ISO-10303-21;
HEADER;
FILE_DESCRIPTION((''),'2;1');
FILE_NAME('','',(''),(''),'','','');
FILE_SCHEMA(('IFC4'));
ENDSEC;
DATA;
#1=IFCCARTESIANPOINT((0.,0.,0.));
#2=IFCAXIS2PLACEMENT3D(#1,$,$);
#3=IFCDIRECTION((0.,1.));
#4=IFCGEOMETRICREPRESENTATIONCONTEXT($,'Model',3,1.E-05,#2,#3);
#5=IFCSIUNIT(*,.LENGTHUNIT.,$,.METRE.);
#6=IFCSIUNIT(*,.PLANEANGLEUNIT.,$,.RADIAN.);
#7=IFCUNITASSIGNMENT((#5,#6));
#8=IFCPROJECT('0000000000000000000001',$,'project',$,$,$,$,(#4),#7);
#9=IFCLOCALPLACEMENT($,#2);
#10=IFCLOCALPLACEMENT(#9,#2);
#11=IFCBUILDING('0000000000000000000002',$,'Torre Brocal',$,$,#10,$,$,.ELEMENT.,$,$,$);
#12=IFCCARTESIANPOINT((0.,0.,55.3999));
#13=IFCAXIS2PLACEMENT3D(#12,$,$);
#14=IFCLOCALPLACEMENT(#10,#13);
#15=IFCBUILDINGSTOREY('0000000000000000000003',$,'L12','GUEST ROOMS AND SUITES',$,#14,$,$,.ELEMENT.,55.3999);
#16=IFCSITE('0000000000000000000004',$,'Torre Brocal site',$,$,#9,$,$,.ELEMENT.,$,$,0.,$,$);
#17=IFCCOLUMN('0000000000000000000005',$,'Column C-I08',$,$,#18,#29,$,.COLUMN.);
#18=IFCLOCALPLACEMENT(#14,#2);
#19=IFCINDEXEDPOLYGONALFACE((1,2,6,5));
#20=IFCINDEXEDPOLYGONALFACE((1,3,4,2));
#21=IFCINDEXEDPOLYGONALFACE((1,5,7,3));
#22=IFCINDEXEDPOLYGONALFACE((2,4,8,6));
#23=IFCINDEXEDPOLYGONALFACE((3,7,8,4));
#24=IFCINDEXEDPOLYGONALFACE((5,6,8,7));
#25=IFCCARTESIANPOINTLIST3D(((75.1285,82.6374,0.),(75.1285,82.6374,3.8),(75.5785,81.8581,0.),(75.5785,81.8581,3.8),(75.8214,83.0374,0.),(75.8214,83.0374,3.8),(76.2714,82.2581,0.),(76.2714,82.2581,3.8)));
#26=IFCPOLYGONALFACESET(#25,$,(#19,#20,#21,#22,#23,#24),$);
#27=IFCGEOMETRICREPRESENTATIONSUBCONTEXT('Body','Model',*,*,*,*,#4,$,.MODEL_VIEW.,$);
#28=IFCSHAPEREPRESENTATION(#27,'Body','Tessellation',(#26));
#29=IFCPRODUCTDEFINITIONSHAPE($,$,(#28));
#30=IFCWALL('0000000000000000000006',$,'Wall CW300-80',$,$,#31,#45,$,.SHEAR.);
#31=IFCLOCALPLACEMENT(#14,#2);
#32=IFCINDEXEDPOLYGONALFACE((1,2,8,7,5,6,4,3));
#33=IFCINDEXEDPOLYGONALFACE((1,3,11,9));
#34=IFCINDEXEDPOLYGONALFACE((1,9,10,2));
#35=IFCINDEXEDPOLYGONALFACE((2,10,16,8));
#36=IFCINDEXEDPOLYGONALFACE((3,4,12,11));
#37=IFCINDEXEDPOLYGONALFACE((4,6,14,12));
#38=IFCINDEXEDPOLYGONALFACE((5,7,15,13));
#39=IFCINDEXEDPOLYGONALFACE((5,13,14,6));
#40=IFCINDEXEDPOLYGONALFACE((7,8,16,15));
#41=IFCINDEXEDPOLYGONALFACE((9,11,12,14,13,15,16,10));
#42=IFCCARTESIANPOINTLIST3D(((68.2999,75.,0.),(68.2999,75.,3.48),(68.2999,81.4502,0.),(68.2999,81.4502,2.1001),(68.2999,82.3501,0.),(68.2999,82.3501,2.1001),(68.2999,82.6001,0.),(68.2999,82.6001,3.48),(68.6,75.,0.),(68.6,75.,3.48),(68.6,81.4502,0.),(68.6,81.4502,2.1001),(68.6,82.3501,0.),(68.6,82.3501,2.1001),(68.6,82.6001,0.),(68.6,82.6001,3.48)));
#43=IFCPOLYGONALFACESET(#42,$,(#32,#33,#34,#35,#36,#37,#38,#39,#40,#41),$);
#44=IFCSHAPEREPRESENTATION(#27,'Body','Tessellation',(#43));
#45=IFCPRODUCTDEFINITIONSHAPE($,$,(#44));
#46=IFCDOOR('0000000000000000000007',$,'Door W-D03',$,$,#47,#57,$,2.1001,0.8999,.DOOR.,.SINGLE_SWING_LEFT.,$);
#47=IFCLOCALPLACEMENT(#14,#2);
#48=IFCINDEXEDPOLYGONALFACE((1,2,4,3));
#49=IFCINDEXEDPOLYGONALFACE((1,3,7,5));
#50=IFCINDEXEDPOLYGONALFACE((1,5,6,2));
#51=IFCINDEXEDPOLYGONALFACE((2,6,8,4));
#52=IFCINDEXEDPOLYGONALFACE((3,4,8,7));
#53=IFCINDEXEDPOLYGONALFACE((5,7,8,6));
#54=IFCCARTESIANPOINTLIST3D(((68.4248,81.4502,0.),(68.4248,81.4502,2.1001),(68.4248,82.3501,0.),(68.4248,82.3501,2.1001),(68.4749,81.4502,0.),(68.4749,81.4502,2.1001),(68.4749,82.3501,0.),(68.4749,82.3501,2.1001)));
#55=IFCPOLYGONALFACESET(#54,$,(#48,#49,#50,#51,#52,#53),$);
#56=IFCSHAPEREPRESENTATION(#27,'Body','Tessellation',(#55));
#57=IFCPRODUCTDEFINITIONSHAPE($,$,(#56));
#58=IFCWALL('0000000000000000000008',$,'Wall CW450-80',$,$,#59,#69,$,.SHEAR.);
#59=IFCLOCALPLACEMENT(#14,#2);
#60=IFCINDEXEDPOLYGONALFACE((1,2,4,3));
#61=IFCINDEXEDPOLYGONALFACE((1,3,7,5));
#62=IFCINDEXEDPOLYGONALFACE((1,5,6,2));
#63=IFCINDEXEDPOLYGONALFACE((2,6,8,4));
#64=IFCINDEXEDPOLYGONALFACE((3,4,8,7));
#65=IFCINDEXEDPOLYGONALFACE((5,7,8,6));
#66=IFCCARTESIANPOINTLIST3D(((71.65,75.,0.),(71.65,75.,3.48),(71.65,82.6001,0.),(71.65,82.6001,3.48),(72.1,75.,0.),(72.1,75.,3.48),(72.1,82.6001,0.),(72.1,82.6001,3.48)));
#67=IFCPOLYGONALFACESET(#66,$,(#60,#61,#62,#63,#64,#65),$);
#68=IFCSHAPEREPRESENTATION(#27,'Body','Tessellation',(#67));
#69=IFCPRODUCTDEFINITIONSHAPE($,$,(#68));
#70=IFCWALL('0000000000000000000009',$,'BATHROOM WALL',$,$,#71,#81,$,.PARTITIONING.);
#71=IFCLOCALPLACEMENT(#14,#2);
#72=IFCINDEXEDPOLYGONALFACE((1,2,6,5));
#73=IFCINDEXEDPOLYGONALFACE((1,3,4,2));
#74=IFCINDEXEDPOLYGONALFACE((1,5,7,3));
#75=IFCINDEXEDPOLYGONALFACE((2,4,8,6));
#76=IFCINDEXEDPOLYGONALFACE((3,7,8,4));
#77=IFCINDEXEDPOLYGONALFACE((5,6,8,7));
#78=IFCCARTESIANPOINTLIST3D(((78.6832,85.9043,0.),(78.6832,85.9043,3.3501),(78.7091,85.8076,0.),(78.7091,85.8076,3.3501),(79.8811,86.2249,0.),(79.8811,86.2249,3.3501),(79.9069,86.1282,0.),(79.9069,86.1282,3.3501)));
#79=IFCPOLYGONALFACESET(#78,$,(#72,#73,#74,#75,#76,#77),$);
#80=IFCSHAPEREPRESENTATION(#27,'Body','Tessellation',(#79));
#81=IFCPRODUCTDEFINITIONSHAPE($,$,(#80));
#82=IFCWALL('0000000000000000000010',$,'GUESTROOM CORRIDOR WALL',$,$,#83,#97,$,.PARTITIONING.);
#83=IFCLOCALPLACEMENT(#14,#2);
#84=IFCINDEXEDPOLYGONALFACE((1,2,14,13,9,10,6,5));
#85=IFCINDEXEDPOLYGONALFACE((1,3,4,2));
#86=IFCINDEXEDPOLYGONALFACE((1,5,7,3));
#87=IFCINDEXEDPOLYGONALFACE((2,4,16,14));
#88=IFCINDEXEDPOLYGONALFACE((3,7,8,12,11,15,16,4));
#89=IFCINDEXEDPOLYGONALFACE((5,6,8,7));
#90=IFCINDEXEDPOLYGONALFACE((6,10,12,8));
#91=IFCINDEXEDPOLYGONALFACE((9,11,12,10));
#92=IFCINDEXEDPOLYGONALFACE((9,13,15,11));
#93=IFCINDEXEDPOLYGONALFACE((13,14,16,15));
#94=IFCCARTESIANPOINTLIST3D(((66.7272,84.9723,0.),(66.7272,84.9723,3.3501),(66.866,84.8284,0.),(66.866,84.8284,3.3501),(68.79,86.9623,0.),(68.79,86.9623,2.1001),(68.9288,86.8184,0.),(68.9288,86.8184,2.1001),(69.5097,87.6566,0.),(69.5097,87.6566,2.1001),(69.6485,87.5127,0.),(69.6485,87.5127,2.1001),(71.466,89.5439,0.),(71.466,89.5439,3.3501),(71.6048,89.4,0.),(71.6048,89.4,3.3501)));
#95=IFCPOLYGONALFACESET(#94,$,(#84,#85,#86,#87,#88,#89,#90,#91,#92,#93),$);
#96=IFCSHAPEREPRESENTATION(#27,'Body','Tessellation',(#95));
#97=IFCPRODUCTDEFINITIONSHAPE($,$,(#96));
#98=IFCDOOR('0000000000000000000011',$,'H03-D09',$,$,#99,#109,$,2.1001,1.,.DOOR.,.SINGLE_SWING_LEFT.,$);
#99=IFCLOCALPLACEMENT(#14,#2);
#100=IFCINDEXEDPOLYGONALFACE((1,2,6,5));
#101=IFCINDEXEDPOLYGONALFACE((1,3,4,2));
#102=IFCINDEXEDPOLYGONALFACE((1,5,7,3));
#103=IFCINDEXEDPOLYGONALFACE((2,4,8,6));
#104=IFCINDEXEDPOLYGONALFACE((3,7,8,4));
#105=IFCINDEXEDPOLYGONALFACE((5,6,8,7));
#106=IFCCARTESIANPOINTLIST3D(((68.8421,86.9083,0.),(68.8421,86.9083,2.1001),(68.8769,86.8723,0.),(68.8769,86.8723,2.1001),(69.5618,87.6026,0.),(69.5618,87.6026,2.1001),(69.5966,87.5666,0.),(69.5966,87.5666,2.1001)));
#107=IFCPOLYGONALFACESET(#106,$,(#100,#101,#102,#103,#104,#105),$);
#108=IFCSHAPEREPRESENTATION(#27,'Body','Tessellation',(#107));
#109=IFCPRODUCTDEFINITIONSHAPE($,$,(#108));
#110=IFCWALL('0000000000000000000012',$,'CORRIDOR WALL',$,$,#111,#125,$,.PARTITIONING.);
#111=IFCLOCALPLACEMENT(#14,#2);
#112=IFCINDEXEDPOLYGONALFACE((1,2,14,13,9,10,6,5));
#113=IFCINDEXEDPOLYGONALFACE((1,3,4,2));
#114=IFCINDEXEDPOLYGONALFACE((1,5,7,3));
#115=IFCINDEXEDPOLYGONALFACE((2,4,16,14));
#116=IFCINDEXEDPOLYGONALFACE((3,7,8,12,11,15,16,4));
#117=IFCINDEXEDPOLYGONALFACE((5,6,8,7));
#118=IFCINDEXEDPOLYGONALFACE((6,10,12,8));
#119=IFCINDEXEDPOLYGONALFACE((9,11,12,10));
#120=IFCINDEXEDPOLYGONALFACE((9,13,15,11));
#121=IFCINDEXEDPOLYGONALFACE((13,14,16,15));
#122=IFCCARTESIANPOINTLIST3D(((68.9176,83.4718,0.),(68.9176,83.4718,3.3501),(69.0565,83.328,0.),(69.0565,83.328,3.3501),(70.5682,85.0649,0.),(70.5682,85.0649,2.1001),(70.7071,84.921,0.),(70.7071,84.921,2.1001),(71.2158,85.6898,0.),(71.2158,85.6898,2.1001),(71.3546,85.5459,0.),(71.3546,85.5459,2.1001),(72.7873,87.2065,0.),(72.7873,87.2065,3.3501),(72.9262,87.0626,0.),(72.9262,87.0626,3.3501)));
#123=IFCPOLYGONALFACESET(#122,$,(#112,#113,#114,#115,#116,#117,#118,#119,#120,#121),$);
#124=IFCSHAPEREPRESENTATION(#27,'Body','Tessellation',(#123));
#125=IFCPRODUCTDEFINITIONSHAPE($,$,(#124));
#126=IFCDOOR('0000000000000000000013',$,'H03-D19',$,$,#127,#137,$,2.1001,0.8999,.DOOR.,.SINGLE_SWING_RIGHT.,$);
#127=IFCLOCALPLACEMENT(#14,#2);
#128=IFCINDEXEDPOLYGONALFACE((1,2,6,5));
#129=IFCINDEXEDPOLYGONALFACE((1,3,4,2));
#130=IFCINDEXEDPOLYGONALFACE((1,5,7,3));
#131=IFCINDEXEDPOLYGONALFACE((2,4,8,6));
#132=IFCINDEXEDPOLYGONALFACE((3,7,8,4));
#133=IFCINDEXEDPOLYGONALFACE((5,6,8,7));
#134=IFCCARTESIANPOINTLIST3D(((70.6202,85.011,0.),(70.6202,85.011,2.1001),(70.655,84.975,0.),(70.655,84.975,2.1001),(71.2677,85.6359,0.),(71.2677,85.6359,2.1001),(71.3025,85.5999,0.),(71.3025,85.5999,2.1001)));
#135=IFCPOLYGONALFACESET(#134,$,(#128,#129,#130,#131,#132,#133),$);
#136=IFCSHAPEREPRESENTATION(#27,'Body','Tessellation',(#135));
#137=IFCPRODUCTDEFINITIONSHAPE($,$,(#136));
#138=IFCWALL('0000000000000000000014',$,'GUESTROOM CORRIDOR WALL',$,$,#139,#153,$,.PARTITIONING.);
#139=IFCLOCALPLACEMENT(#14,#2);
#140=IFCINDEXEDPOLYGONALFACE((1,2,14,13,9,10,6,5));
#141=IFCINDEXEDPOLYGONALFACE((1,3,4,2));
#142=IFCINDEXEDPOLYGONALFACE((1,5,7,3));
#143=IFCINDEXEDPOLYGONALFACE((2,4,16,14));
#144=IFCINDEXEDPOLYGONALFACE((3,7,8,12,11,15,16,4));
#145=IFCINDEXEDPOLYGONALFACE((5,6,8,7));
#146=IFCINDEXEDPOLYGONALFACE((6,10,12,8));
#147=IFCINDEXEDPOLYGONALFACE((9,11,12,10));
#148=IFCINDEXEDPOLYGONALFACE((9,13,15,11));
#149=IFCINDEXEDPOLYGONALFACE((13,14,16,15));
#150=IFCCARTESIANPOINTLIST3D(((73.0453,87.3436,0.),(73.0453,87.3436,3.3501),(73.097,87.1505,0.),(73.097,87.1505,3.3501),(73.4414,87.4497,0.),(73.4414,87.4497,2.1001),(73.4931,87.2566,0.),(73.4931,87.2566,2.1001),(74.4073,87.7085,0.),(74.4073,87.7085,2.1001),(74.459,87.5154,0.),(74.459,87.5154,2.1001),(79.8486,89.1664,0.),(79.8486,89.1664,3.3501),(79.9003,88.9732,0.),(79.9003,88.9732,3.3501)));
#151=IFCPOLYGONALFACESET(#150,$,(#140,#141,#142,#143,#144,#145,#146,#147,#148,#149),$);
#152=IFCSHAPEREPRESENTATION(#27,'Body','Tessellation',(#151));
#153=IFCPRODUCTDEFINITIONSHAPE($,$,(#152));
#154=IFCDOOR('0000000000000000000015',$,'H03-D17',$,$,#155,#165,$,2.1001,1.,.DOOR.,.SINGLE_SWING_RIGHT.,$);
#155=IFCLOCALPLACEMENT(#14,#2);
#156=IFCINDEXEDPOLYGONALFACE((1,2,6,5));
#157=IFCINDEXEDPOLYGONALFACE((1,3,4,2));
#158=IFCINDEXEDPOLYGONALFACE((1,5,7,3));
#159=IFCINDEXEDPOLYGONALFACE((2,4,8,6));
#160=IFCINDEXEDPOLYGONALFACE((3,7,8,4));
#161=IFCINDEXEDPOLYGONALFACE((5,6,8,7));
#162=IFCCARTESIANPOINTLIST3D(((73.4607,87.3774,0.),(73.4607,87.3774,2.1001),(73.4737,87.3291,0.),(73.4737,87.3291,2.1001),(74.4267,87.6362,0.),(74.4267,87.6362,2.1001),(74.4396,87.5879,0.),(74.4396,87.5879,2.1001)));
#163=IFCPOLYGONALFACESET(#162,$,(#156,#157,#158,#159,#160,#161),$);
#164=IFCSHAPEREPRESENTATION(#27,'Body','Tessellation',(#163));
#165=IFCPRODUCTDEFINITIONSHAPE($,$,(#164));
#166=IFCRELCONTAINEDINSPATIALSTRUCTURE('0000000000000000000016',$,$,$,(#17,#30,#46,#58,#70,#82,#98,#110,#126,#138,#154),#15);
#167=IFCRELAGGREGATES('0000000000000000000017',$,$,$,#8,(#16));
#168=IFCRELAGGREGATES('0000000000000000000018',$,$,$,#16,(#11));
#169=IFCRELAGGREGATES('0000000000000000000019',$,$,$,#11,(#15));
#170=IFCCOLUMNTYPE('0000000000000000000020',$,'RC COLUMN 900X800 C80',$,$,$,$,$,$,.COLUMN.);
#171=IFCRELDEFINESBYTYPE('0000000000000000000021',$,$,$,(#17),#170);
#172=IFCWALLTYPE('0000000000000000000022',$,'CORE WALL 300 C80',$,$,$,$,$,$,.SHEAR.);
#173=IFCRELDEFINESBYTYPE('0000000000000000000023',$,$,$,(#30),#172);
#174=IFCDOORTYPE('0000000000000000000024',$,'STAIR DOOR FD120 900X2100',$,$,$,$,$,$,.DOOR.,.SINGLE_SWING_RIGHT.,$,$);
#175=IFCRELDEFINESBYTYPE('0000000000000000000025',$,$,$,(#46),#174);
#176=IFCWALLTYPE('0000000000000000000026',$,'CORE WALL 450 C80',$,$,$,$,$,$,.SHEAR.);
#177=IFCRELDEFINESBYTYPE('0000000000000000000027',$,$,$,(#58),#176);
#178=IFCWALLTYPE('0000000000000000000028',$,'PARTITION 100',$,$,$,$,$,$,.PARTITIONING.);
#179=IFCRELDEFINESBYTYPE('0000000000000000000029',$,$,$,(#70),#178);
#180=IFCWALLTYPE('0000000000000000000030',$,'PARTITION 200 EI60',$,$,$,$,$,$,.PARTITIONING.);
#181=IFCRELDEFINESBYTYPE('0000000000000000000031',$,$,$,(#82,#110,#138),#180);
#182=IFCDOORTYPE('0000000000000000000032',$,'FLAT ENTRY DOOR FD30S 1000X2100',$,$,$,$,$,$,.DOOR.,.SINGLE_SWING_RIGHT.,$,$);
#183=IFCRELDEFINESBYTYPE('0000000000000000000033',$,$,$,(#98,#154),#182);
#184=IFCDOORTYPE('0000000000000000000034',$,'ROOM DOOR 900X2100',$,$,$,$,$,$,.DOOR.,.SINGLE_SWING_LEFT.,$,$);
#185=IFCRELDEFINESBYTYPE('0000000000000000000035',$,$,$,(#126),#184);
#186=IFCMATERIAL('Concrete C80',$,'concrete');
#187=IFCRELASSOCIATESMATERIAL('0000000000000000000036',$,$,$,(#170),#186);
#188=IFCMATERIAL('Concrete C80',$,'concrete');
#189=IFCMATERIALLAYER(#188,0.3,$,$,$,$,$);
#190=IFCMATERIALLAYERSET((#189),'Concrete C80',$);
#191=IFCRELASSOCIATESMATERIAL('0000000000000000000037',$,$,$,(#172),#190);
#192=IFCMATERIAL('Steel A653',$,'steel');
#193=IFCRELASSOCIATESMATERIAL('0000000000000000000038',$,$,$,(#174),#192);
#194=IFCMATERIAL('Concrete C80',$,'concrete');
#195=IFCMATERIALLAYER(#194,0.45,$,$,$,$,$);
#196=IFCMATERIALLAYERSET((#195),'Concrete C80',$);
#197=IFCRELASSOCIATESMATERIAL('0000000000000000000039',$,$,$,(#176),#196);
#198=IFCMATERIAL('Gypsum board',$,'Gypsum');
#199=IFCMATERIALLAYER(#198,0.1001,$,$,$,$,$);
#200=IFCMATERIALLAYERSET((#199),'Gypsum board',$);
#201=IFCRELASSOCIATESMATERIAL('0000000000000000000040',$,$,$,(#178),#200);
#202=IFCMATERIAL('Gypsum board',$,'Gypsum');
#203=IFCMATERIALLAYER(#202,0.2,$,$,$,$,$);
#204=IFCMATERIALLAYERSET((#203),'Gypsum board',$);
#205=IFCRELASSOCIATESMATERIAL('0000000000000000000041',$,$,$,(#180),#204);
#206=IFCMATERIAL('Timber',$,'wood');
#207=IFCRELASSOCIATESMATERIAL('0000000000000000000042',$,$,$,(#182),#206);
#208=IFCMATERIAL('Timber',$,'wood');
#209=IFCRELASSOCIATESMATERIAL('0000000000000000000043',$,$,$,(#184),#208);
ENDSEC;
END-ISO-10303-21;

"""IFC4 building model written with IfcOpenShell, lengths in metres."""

from ifc_helpers import new_model, si_unit, direction, frame, frame_2d, origin, origin_2d, place, context, subcontext, project, spatial, rectangle, extrude, material, layer, layer_set, material_profile, profile_set, type_object, element, fill, save


model = new_model("IFC4")

# Units and contexts
model_context = context("Model", 3, precision=1e-05, world=origin(), true_north=direction((0.0, 1.0)))
body_context = subcontext(model_context, "Body", "Model", "MODEL_VIEW")
ifc_project = project(units=[si_unit("LENGTHUNIT", "METRE"), si_unit("PLANEANGLEUNIT", "RADIAN")], contexts=[model_context])

# Site, building, storey
site_placement = place(None, origin())
site = spatial("IfcSite", under=ifc_project, at=site_placement, Name="Torre Brocal site", CompositionType="ELEMENT", RefElevation=0.0)
building_placement = place(site_placement, origin())
building = spatial("IfcBuilding", under=site, at=building_placement, Name="Torre Brocal", CompositionType="ELEMENT")
storey_placement = place(building_placement, frame((0.0, 0.0, 55.3999)))
storey = spatial("IfcBuildingStorey", under=building, at=storey_placement, Name="L12", Description="GUEST ROOMS AND SUITES", CompositionType="ELEMENT", Elevation=55.3999)

# Column
ifc_material_1 = material(Name="Concrete C80", Category="concrete")
ifc_material_profile = material_profile(ifc_material_1, rectangle(XDim=0.8999, YDim=0.8, at=origin_2d()), Name="RC 900X800")
ifc_profile_set = profile_set([ifc_material_profile], Name="Concrete C80")
column_type = type_object("IfcColumnType", Name="RC COLUMN 900X800 C80", PredefinedType="COLUMN", material=ifc_profile_set)
column_placement = place(storey_placement, frame((75.7, 82.4478, 0.0), z_axis=(0.0, 0.0, 1.0), x_axis=(-0.5, 0.866025, 0.0)))
element("IfcColumn", 1, at=column_placement, inside=storey, type_object=column_type, Name="Column C-I08", PredefinedType="COLUMN", context=body_context, shape_type="SweptSolid", body=[
    extrude(rectangle(XDim=0.8999, YDim=0.8, at=origin_2d()), origin(), (0.0, 0.0, 1.0), 3.8),
])

# Wall, opening, door
ifc_material_2 = material(Name="Concrete C80", Category="concrete")
ifc_layer_1 = layer(ifc_material_2, 0.3)
ifc_layer_set_1 = layer_set([ifc_layer_1], Name="Concrete C80")
wall_type_1 = type_object("IfcWallType", Name="CORE WALL 300 C80", PredefinedType="SHEAR", material=ifc_layer_set_1)
wall_1_placement = place(storey_placement, frame((68.45, 82.6001, 0.0), z_axis=(0.0, 0.0, 1.0), x_axis=(0.0, -1.0, 0.0)))
wall_1 = element("IfcWall", 2, at=wall_1_placement, inside=storey, type_object=wall_type_1, Name="Wall CW300-80", PredefinedType="SHEAR", context=body_context, shape_type="SweptSolid", body=[
    extrude(rectangle(XDim=7.6001, YDim=0.3, at=frame_2d((3.8, 0.0))), origin(), (0.0, 0.0, 1.0), 3.48),
])
opening_1_placement = place(wall_1_placement, frame((0.25, 0.0, 0.0)))
opening_1 = element("IfcOpeningElement", 3, at=opening_1_placement, cuts=wall_1, PredefinedType="OPENING", context=body_context, shape_type="SweptSolid", body=[
    extrude(rectangle(XDim=0.8999, YDim=2.1001, at=frame_2d((0.45, 1.05))), frame((0.0, 0.1599, 0.0), z_axis=(0.0, -1.0, 0.0), x_axis=(1.0, 0.0, 0.0)), (0.0, 0.0, 1.0), 0.3201),
])
ifc_material_3 = material(Name="Steel A653", Category="steel")
door_type_1 = type_object("IfcDoorType", Name="STAIR DOOR FD120 900X2100", OperationType="SINGLE_SWING_RIGHT", PredefinedType="DOOR", material=ifc_material_3)
door_1_placement = place(opening_1_placement, origin())
door_1 = element("IfcDoor", 4, at=door_1_placement, inside=storey, type_object=door_type_1, Name="Door W-D03", OperationType="SINGLE_SWING_LEFT", OverallHeight=2.1001, OverallWidth=0.8999, PredefinedType="DOOR", context=body_context, shape_type="SweptSolid", body=[
    extrude(rectangle(XDim=0.8999, YDim=2.1001, at=frame_2d((0.45, 1.05))), frame((0.0, 0.0249, 0.0), z_axis=(0.0, -1.0, 0.0), x_axis=(1.0, 0.0, 0.0)), (0.0, 0.0, 1.0), 0.05),
])
fill(opening_1, door_1)

# Wall
ifc_material_4 = material(Name="Concrete C80", Category="concrete")
ifc_layer_2 = layer(ifc_material_4, 0.45)
ifc_layer_set_2 = layer_set([ifc_layer_2], Name="Concrete C80")
wall_type_2 = type_object("IfcWallType", Name="CORE WALL 450 C80", PredefinedType="SHEAR", material=ifc_layer_set_2)
wall_2_placement = place(storey_placement, frame((71.875, 82.6001, 0.0), z_axis=(0.0, 0.0, 1.0), x_axis=(0.0, -1.0, 0.0)))
element("IfcWall", 5, at=wall_2_placement, inside=storey, type_object=wall_type_2, Name="Wall CW450-80", PredefinedType="SHEAR", context=body_context, shape_type="SweptSolid", body=[
    extrude(rectangle(XDim=7.6001, YDim=0.45, at=frame_2d((3.8, 0.0))), origin(), (0.0, 0.0, 1.0), 3.48),
])

# Wall
ifc_material_5 = material(Name="Gypsum board", Category="Gypsum")
ifc_layer_3 = layer(ifc_material_5, 0.1001)
ifc_layer_set_3 = layer_set([ifc_layer_3], Name="Gypsum board")
wall_type_3 = type_object("IfcWallType", Name="PARTITION 100", PredefinedType="PARTITIONING", material=ifc_layer_set_3)
wall_3_placement = place(storey_placement, frame((78.696, 85.856, 0.0), z_axis=(0.0, 0.0, 1.0), x_axis=(0.966003, 0.258533, 0.0)))
element("IfcWall", 6, at=wall_3_placement, inside=storey, type_object=wall_type_3, Name="BATHROOM WALL", PredefinedType="PARTITIONING", context=body_context, shape_type="SweptSolid", body=[
    extrude(rectangle(XDim=1.24, YDim=0.1001, at=frame_2d((0.6201, 0.0))), origin(), (0.0, 0.0, 1.0), 3.3501),
])

# Walls, openings, doors
ifc_material_6 = material(Name="Gypsum board", Category="Gypsum")
ifc_layer_4 = layer(ifc_material_6, 0.2)
ifc_layer_set_4 = layer_set([ifc_layer_4], Name="Gypsum board")
wall_type_4 = type_object("IfcWallType", Name="PARTITION 200 EI60", PredefinedType="PARTITIONING", material=ifc_layer_set_4)
wall_4_placement = place(storey_placement, frame((66.7966, 84.9004, 0.0), z_axis=(0.0, 0.0, 1.0), x_axis=(0.719692, 0.694293, 0.0)))
wall_4 = element("IfcWall", 7, at=wall_4_placement, inside=storey, type_object=wall_type_4, Name="GUESTROOM CORRIDOR WALL", PredefinedType="PARTITIONING", context=body_context, shape_type="SweptSolid", body=[
    extrude(rectangle(XDim=6.5845, YDim=0.2, at=frame_2d((3.2922, 0.0))), origin(), (0.0, 0.0, 1.0), 3.3501),
])
opening_2_placement = place(wall_4_placement, frame((2.8662, 0.0, 0.0)))
opening_2 = element("IfcOpeningElement", 8, at=opening_2_placement, cuts=wall_4, PredefinedType="OPENING", context=body_context, shape_type="SweptSolid", body=[
    extrude(rectangle(XDim=1.0, YDim=2.1001, at=frame_2d((0.5, 1.05))), frame((0.0, 0.1099, 0.0), z_axis=(0.0, -1.0, 0.0), x_axis=(1.0, 0.0, 0.0)), (0.0, 0.0, 1.0), 0.22),
])
ifc_material_7 = material(Name="Timber", Category="wood")
door_type_2 = type_object("IfcDoorType", Name="FLAT ENTRY DOOR FD30S 1000X2100", OperationType="SINGLE_SWING_RIGHT", PredefinedType="DOOR", material=ifc_material_7)
door_2_placement = place(opening_2_placement, origin())
door_2 = element("IfcDoor", 9, at=door_2_placement, inside=storey, type_object=door_type_2, Name="H03-D09", OperationType="SINGLE_SWING_LEFT", OverallHeight=2.1001, OverallWidth=1.0, PredefinedType="DOOR", context=body_context, shape_type="SweptSolid", body=[
    extrude(rectangle(XDim=1.0, YDim=2.1001, at=frame_2d((0.5, 1.05))), frame((0.0, 0.0249, 0.0), z_axis=(0.0, -1.0, 0.0), x_axis=(1.0, 0.0, 0.0)), (0.0, 0.0, 1.0), 0.05),
])
fill(opening_2, door_2)
wall_5_placement = place(storey_placement, frame((68.9871, 83.3999, 0.0), z_axis=(0.0, 0.0, 1.0), x_axis=(0.719548, 0.694443, 0.0)))
wall_5 = element("IfcWall", 10, at=wall_5_placement, inside=storey, type_object=wall_type_4, Name="CORRIDOR WALL", PredefinedType="PARTITIONING", context=body_context, shape_type="SweptSolid", body=[
    extrude(rectangle(XDim=5.3779, YDim=0.2, at=frame_2d((2.689, 0.0))), origin(), (0.0, 0.0, 1.0), 3.3501),
])
opening_3_placement = place(wall_5_placement, frame((2.2939, 0.0, 0.0)))
opening_3 = element("IfcOpeningElement", 11, at=opening_3_placement, cuts=wall_5, PredefinedType="OPENING", context=body_context, shape_type="SweptSolid", body=[
    extrude(rectangle(XDim=0.8999, YDim=2.1001, at=frame_2d((0.45, 1.05))), frame((0.0, 0.1099, 0.0), z_axis=(0.0, -1.0, 0.0), x_axis=(1.0, 0.0, 0.0)), (0.0, 0.0, 1.0), 0.22),
])
ifc_material_8 = material(Name="Timber", Category="wood")
door_type_3 = type_object("IfcDoorType", Name="ROOM DOOR 900X2100", OperationType="SINGLE_SWING_LEFT", PredefinedType="DOOR", material=ifc_material_8)
door_3_placement = place(opening_3_placement, frame((0.8999, 0.0, 0.0), z_axis=(0.0, 0.0, 1.0), x_axis=(-1.0, 0.0, 0.0)))
door_3 = element("IfcDoor", 12, at=door_3_placement, inside=storey, type_object=door_type_3, Name="H03-D19", OperationType="SINGLE_SWING_RIGHT", OverallHeight=2.1001, OverallWidth=0.8999, PredefinedType="DOOR", context=body_context, shape_type="SweptSolid", body=[
    extrude(rectangle(XDim=0.8999, YDim=2.1001, at=frame_2d((0.45, 1.05))), frame((0.0, 0.0249, 0.0), z_axis=(0.0, -1.0, 0.0), x_axis=(1.0, 0.0, 0.0)), (0.0, 0.0, 1.0), 0.05),
])
fill(opening_3, door_3)
wall_6_placement = place(storey_placement, frame((73.0713, 87.2471, 0.0), z_axis=(0.0, 0.0, 1.0), x_axis=(0.965932, 0.258797, 0.0)))
wall_6 = element("IfcWall", 13, at=wall_6_placement, inside=storey, type_object=wall_type_4, Name="GUESTROOM CORRIDOR WALL", PredefinedType="PARTITIONING", context=body_context, shape_type="SweptSolid", body=[
    extrude(rectangle(XDim=7.0432, YDim=0.2, at=frame_2d((3.5215, 0.0))), origin(), (0.0, 0.0, 1.0), 3.3501),
])
opening_4_placement = place(wall_6_placement, frame((0.4099, 0.0, 0.0)))
opening_4 = element("IfcOpeningElement", 14, at=opening_4_placement, cuts=wall_6, PredefinedType="OPENING", context=body_context, shape_type="SweptSolid", body=[
    extrude(rectangle(XDim=1.0, YDim=2.1001, at=frame_2d((0.5, 1.05))), frame((0.0, 0.1099, 0.0), z_axis=(0.0, -1.0, 0.0), x_axis=(1.0, 0.0, 0.0)), (0.0, 0.0, 1.0), 0.22),
])
door_4_placement = place(opening_4_placement, frame((1.0, 0.0, 0.0), z_axis=(0.0, 0.0, 1.0), x_axis=(-1.0, 0.0, 0.0)))
door_4 = element("IfcDoor", 15, at=door_4_placement, inside=storey, type_object=door_type_2, Name="H03-D17", OperationType="SINGLE_SWING_RIGHT", OverallHeight=2.1001, OverallWidth=1.0, PredefinedType="DOOR", context=body_context, shape_type="SweptSolid", body=[
    extrude(rectangle(XDim=1.0, YDim=2.1001, at=frame_2d((0.5, 1.05))), frame((0.0, 0.0249, 0.0), z_axis=(0.0, -1.0, 0.0), x_axis=(1.0, 0.0, 0.0)), (0.0, 0.0, 1.0), 0.05),
])
fill(opening_4, door_4)

save(model, "model.ifc")
